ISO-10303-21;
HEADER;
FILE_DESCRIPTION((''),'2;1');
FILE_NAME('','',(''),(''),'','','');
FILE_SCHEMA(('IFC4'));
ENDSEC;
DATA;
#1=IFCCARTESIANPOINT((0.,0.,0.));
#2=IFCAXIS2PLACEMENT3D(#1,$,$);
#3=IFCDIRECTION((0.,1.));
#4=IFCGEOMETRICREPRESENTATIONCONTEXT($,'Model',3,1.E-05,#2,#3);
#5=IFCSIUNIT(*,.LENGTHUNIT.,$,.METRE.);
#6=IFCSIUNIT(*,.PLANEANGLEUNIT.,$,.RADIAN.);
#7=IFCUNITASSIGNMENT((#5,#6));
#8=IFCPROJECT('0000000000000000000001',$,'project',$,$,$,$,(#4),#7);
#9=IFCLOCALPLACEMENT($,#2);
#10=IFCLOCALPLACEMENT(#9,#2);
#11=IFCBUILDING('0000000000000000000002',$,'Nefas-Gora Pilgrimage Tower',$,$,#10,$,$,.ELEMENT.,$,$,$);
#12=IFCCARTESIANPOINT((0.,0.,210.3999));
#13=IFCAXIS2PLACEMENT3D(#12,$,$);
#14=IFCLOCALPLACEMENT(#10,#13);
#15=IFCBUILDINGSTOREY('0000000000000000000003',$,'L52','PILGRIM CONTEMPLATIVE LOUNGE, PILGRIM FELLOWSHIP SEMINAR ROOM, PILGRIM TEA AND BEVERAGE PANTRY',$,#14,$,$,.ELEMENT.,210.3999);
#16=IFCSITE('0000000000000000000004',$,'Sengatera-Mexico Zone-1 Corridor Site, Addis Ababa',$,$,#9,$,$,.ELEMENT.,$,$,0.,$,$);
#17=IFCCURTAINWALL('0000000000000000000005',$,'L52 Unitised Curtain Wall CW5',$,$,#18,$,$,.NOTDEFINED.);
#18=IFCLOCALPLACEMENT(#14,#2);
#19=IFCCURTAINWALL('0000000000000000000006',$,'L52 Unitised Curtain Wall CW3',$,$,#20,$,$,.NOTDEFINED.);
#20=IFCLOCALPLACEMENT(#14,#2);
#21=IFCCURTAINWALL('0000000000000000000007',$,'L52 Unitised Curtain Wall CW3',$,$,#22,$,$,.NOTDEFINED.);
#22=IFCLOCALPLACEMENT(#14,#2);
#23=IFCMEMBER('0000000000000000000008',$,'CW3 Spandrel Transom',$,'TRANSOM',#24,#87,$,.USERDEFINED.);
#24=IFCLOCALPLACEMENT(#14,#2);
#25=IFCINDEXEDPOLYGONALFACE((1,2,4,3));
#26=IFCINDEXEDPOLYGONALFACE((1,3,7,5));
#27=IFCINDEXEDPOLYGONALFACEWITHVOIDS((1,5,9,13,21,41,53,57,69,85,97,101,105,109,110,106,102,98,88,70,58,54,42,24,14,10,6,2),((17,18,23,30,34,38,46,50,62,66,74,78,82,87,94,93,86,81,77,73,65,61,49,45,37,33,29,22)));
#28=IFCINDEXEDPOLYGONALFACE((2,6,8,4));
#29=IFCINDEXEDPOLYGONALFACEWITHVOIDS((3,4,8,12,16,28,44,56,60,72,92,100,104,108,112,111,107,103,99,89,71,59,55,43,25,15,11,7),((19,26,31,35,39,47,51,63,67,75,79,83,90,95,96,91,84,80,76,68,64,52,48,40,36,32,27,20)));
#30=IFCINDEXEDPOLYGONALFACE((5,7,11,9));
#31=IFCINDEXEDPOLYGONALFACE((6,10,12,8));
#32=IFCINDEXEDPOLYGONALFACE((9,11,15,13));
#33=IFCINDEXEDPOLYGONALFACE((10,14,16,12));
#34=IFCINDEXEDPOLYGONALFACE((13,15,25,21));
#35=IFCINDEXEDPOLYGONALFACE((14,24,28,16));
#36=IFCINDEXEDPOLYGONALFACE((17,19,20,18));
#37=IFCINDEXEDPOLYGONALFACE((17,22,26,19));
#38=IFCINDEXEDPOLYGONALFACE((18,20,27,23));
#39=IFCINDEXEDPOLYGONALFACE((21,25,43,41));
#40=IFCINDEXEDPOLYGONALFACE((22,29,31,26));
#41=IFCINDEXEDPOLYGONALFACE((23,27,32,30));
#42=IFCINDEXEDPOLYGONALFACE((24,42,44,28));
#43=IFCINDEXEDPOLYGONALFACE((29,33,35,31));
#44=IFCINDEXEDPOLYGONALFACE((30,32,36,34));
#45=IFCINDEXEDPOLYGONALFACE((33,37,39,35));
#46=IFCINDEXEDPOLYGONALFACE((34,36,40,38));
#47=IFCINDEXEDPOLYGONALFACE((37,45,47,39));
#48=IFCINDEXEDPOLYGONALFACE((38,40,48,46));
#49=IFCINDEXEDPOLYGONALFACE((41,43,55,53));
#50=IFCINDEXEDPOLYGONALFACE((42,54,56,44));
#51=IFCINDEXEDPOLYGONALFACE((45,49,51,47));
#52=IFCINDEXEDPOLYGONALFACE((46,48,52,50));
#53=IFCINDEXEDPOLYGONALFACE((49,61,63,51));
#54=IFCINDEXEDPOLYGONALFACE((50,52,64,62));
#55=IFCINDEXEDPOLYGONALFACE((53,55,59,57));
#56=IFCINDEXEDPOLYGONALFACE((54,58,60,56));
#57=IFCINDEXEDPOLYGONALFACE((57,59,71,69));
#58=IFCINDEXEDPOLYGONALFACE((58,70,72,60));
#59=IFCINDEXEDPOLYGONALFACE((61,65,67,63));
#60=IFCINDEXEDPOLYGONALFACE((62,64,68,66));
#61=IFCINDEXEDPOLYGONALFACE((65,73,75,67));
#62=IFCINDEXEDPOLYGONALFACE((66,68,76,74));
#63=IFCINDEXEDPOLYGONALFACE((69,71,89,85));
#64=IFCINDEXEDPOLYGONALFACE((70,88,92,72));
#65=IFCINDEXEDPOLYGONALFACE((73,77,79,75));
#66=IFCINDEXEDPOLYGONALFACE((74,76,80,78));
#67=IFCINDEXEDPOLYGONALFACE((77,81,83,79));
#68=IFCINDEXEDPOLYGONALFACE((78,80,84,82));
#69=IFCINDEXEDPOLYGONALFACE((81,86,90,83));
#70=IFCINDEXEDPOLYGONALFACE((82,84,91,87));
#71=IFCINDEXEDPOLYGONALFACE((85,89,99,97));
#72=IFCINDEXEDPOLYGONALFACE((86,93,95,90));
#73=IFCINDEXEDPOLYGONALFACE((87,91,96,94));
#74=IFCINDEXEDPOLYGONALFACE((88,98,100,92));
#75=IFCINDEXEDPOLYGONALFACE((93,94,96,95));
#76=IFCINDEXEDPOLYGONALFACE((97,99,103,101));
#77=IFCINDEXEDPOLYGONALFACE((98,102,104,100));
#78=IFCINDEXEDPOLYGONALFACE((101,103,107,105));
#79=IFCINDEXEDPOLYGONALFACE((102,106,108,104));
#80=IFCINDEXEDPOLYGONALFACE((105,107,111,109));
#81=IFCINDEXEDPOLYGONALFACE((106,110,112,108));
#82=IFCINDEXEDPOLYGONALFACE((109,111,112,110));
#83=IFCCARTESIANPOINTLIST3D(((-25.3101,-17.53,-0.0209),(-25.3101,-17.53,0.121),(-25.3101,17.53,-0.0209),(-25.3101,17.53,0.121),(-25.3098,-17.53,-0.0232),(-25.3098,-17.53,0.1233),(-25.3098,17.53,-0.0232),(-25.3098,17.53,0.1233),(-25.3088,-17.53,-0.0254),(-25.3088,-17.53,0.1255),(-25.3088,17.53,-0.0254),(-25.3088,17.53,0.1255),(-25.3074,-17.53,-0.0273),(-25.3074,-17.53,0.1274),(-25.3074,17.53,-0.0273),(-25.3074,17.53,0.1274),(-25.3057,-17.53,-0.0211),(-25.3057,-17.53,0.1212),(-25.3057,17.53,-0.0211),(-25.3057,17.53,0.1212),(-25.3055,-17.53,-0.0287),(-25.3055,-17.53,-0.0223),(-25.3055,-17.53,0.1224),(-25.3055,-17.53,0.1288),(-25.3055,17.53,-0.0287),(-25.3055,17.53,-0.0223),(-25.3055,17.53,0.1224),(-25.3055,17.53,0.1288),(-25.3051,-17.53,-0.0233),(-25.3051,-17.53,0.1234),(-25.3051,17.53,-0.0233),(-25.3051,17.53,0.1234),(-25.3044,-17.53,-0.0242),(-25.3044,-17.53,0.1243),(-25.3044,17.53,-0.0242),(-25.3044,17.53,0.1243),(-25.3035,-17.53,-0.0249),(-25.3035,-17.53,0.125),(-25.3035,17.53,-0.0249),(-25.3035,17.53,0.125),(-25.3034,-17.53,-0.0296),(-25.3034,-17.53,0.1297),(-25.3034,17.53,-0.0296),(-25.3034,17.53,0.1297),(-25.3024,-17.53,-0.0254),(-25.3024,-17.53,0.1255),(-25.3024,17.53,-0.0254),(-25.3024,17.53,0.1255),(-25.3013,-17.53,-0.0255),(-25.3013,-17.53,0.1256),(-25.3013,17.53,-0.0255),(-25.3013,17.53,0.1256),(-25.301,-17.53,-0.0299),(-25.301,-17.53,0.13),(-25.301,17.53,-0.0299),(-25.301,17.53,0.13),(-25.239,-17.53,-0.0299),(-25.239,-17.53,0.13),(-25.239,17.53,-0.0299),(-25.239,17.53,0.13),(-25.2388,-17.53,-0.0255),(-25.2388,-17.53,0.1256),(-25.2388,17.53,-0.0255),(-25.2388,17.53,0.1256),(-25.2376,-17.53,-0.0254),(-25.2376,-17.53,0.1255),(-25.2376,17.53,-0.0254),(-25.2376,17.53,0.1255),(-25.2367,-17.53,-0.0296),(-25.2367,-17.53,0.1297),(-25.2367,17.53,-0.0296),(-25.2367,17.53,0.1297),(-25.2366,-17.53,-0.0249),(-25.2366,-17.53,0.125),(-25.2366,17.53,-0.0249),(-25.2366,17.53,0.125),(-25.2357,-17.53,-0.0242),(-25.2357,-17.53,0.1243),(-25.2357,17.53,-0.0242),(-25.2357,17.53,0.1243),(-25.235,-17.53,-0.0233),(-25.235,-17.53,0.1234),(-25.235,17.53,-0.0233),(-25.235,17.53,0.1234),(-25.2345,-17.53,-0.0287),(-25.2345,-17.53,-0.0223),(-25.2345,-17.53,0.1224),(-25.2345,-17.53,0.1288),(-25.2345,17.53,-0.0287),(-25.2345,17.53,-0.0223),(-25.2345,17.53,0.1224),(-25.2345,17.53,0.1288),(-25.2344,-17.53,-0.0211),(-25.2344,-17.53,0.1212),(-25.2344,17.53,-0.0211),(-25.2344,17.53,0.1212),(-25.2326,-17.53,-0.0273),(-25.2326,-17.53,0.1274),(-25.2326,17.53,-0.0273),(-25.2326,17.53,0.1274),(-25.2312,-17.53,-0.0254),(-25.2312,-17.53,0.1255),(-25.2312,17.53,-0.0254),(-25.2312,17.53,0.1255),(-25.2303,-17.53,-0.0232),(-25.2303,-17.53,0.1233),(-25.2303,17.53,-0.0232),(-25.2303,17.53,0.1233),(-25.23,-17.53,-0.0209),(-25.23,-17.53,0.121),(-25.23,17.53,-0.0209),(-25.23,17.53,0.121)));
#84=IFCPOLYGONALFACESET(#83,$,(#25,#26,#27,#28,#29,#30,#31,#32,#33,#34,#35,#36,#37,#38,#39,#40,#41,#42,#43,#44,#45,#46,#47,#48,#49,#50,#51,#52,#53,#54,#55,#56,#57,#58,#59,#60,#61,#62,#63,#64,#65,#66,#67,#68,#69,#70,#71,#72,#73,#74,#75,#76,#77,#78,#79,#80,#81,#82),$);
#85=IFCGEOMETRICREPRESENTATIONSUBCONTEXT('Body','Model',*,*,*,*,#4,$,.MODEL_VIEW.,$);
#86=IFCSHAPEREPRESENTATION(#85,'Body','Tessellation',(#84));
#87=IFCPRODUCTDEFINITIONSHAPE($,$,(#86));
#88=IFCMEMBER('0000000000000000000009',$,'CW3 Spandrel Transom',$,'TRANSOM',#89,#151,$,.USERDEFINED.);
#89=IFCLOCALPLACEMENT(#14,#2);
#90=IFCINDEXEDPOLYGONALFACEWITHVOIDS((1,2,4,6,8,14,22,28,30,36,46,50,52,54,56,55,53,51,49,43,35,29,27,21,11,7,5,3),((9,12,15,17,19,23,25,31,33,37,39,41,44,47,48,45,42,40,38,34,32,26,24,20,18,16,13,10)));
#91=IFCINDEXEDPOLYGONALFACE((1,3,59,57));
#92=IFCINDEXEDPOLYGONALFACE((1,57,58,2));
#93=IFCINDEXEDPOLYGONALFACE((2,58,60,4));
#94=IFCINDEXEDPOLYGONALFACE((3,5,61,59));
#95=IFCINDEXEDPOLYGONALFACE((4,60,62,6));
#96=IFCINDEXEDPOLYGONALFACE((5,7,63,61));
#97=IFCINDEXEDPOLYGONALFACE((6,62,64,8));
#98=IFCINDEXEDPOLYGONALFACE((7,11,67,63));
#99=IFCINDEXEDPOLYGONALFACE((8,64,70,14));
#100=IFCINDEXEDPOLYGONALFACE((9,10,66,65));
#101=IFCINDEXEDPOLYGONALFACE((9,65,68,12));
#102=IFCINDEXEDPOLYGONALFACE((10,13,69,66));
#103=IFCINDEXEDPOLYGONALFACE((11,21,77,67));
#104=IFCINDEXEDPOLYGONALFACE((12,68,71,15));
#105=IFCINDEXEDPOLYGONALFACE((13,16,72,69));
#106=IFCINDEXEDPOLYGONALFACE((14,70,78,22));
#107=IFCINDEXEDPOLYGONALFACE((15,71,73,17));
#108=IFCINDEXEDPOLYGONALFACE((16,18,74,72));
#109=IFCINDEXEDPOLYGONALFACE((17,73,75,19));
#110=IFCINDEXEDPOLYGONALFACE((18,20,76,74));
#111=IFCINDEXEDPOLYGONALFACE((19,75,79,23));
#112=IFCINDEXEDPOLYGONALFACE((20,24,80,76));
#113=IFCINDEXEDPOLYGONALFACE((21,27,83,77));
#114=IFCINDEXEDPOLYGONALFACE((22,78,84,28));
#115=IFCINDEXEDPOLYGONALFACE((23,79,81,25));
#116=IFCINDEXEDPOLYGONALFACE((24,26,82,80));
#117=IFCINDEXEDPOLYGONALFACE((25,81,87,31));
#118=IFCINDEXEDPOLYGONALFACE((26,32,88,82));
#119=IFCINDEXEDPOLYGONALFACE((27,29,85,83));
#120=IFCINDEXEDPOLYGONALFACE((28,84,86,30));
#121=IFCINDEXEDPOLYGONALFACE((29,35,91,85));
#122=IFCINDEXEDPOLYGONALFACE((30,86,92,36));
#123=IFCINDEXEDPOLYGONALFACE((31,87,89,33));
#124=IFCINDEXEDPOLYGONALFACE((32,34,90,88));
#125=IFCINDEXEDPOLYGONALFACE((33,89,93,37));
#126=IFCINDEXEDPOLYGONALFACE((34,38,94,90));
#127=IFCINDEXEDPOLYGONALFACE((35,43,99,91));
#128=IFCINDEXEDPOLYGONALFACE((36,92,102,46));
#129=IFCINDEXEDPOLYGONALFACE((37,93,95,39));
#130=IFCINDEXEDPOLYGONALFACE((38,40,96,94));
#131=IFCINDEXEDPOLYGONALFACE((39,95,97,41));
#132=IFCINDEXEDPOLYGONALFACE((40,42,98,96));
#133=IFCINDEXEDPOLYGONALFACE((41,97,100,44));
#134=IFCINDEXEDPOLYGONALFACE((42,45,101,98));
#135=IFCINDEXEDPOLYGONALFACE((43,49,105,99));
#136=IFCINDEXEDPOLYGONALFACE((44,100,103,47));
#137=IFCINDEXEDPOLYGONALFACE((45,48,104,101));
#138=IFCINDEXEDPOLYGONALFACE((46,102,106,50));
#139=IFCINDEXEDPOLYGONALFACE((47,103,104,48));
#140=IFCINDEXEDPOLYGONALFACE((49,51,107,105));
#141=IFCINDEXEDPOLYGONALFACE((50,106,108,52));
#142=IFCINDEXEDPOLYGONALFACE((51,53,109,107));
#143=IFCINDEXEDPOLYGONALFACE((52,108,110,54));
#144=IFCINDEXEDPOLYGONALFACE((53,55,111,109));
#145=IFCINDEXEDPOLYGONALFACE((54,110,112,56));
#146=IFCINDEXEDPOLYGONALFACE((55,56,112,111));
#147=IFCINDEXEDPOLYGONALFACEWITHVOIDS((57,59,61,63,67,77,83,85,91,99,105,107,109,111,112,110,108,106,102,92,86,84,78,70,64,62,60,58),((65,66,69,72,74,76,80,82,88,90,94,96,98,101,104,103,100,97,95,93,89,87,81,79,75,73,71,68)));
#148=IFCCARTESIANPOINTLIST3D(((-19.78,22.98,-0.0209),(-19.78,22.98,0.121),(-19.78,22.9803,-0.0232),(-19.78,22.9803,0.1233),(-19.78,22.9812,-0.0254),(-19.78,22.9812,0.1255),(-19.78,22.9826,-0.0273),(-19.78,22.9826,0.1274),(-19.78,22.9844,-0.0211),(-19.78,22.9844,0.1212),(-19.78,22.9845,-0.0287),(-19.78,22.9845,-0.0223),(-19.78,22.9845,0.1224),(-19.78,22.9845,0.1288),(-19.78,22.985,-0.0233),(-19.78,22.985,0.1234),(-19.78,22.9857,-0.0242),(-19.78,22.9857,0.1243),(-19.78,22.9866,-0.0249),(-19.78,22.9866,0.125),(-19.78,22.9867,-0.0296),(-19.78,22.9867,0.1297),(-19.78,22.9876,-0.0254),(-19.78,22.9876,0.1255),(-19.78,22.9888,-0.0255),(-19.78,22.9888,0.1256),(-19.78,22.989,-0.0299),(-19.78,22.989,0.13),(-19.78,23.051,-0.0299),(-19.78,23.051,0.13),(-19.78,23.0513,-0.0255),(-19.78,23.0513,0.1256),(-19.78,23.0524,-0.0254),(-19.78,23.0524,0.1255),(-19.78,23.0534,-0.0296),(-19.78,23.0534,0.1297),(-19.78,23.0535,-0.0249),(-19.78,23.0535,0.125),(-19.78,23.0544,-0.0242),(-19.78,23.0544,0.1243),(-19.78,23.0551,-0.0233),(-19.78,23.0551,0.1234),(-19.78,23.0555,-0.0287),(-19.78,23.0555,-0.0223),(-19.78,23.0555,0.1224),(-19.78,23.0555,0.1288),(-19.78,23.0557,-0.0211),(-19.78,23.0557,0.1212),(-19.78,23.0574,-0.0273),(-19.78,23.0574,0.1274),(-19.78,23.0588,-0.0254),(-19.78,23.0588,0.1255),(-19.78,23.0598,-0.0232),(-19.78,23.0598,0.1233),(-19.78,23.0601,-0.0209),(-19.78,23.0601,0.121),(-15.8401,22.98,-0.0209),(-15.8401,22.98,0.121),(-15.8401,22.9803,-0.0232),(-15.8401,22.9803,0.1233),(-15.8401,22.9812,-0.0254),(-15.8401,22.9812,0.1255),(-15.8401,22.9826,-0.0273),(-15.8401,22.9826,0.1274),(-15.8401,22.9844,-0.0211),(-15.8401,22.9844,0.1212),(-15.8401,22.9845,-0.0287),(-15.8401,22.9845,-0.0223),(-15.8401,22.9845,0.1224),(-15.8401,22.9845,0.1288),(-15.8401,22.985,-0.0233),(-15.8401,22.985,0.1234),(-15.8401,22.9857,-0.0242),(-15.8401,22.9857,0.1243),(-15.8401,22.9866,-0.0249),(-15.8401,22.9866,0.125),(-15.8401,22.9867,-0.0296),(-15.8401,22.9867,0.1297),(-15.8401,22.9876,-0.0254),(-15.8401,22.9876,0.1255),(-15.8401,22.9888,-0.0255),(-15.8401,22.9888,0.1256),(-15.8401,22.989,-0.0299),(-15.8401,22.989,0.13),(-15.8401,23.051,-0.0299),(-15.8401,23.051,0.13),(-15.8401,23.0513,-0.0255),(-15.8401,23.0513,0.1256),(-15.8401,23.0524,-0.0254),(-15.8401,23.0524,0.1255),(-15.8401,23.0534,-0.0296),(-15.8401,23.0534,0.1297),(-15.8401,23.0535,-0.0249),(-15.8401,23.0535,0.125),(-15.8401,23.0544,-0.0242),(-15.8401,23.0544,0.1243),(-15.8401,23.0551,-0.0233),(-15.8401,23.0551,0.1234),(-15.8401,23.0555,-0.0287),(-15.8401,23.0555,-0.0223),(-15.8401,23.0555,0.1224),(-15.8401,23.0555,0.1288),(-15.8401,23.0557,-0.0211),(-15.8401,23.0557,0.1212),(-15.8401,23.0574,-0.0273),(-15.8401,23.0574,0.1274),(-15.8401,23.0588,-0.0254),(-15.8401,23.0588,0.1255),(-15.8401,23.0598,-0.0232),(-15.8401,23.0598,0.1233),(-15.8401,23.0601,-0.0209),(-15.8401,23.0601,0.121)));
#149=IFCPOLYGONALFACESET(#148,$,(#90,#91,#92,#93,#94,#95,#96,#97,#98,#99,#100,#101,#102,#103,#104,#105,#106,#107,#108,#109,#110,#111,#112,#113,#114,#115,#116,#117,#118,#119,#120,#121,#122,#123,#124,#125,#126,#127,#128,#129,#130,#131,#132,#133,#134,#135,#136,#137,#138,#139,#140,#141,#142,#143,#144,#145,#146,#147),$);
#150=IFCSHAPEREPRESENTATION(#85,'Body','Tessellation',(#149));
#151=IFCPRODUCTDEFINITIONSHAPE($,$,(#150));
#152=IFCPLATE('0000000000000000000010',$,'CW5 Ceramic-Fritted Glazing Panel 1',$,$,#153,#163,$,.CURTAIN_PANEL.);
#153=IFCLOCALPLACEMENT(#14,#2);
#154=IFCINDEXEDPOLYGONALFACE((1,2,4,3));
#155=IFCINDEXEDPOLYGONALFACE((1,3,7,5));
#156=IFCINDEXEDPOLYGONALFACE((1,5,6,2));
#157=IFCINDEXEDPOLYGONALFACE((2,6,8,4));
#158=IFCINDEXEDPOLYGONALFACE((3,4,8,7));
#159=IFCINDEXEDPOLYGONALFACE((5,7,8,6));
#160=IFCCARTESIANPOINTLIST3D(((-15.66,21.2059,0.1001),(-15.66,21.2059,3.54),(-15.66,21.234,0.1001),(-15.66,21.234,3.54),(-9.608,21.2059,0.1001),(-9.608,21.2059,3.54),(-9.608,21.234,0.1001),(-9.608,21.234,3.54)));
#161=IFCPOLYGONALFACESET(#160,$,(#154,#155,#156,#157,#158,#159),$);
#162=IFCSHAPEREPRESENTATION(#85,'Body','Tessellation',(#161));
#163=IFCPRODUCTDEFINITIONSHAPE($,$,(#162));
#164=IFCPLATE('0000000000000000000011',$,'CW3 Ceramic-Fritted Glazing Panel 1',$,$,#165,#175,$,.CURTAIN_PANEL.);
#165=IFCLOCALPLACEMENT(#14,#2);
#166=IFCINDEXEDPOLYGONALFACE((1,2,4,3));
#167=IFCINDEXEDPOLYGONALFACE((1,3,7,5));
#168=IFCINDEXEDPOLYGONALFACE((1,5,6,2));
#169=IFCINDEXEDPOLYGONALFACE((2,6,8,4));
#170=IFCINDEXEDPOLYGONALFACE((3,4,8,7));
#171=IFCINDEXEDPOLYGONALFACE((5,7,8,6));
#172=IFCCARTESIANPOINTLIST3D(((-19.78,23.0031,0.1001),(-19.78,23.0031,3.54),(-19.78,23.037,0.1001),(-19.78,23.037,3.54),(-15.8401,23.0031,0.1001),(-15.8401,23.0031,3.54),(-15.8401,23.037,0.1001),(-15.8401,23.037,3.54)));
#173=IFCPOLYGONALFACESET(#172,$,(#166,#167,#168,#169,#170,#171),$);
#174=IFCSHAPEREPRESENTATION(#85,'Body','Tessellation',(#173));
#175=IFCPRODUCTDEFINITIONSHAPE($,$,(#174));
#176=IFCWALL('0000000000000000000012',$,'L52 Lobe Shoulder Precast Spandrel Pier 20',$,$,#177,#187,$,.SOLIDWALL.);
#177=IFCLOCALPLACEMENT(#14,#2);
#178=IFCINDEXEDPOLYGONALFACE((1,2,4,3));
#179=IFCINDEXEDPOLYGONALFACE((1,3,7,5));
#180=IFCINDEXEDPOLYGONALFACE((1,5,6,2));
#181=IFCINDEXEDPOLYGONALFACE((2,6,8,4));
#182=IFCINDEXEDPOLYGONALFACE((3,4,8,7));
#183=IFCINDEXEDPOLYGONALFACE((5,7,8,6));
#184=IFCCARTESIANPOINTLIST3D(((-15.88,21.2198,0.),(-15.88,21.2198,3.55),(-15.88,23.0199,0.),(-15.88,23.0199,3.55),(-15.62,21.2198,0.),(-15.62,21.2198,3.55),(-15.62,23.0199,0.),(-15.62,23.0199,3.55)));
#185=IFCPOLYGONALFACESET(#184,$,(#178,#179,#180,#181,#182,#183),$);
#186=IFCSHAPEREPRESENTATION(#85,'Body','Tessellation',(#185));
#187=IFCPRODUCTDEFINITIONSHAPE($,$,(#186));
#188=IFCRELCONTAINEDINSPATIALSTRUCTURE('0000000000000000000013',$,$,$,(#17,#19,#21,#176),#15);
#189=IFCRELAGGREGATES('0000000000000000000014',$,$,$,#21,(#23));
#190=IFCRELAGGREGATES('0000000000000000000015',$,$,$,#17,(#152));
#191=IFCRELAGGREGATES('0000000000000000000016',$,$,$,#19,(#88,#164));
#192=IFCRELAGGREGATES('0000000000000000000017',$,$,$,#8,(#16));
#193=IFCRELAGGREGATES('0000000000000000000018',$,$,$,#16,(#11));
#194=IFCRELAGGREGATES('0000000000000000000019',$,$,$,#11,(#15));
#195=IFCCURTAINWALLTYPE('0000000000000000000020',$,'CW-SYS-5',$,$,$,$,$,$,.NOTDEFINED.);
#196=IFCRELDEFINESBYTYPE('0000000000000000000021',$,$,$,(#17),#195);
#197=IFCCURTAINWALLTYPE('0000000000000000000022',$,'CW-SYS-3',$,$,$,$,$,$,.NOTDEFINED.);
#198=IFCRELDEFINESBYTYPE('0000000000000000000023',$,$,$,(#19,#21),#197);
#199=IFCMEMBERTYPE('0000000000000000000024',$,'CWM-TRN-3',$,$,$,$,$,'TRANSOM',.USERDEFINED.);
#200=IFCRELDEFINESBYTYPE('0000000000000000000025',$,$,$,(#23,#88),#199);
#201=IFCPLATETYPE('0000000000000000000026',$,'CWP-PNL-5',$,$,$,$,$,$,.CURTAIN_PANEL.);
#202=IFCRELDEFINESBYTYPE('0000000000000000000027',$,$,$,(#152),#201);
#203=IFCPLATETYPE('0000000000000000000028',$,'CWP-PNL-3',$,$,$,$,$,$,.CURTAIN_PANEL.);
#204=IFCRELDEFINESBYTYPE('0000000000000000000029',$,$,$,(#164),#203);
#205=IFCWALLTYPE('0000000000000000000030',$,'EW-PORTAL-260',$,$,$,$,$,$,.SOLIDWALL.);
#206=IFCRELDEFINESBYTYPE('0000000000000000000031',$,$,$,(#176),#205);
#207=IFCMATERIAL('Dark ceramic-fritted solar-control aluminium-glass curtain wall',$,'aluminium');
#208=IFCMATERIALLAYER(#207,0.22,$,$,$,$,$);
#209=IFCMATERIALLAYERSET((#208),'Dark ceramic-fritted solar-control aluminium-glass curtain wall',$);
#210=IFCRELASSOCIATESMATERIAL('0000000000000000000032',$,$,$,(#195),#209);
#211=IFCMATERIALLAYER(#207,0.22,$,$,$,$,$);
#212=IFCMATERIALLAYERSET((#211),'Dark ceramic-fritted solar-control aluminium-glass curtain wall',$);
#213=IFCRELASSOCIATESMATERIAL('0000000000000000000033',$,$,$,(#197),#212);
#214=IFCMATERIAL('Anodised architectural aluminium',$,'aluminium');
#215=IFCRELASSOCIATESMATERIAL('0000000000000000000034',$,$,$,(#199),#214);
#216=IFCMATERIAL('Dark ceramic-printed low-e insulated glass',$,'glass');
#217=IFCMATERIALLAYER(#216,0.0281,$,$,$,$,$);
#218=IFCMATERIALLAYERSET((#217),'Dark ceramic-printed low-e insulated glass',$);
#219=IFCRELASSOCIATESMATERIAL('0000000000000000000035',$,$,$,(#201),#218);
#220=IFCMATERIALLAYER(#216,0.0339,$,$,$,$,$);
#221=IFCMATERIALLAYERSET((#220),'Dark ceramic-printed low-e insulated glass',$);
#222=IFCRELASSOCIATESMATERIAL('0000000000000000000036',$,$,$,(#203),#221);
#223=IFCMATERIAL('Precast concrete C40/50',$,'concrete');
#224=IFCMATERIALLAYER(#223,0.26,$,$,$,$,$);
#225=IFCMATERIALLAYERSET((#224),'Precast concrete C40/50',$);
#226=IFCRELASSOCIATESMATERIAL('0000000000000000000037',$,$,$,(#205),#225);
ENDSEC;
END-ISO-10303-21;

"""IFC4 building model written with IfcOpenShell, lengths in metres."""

from ifc_helpers import new_model, si_unit, direction, frame, frame_2d, origin, origin_2d, place, context, subcontext, project, spatial, rectangle, hollow_rectangle, extrude, source, transform, mapped, material, layer, layer_set, material_profile, profile_set, type_object, element, aggregate, save


model = new_model("IFC4")

# Units and contexts
model_context = context("Model", 3, precision=1e-05, world=origin(), true_north=direction((0.0, 1.0)))
body_context = subcontext(model_context, "Body", "Model", "MODEL_VIEW")
ifc_project = project(units=[si_unit("LENGTHUNIT", "METRE"), si_unit("PLANEANGLEUNIT", "RADIAN")], contexts=[model_context])

# Site, building, storey
site_placement = place(None, origin())
site = spatial("IfcSite", under=ifc_project, at=site_placement, Name="Sengatera-Mexico Zone-1 Corridor Site, Addis Ababa", CompositionType="ELEMENT", RefElevation=0.0)
building_placement = place(site_placement, origin())
building = spatial("IfcBuilding", under=site, at=building_placement, Name="Nefas-Gora Pilgrimage Tower", CompositionType="ELEMENT")
storey_placement = place(building_placement, frame((0.0, 0.0, 210.3999)))
storey = spatial("IfcBuildingStorey", under=building, at=storey_placement, Name="L52", Description="PILGRIM CONTEMPLATIVE LOUNGE, PILGRIM FELLOWSHIP SEMINAR ROOM, PILGRIM TEA AND BEVERAGE PANTRY", CompositionType="ELEMENT", Elevation=210.3999)

# Curtain wall
ifc_material_1 = material(Name="Dark ceramic-fritted solar-control aluminium-glass curtain wall", Category="aluminium")
ifc_layer_1 = layer(ifc_material_1, 0.22)
ifc_layer_set_1 = layer_set([ifc_layer_1], Name="Dark ceramic-fritted solar-control aluminium-glass curtain wall")
curtain_wall_type_1 = type_object("IfcCurtainWallType", Name="CW-SYS-5", PredefinedType="NOTDEFINED", material=ifc_layer_set_1)
curtain_wall_1_placement = place(storey_placement, origin())
curtain_wall_1 = element("IfcCurtainWall", 1, at=curtain_wall_1_placement, inside=storey, type_object=curtain_wall_type_1, Name="L52 Unitised Curtain Wall CW5", PredefinedType="NOTDEFINED")
ifc_material_2 = material(Name="Anodised architectural aluminium", Category="aluminium")

# Curtain walls, member
ifc_layer_2 = layer(ifc_material_1, 0.22)
ifc_layer_set_2 = layer_set([ifc_layer_2], Name="Dark ceramic-fritted solar-control aluminium-glass curtain wall")
curtain_wall_type_2 = type_object("IfcCurtainWallType", Name="CW-SYS-3", PredefinedType="NOTDEFINED", material=ifc_layer_set_2)
curtain_wall_2_placement = place(storey_placement, origin())
curtain_wall_2 = element("IfcCurtainWall", 2, at=curtain_wall_2_placement, inside=storey, type_object=curtain_wall_type_2, Name="L52 Unitised Curtain Wall CW3", PredefinedType="NOTDEFINED")
curtain_wall_3_placement = place(storey_placement, origin())
curtain_wall_3 = element("IfcCurtainWall", 3, at=curtain_wall_3_placement, inside=storey, type_object=curtain_wall_type_2, Name="L52 Unitised Curtain Wall CW3", PredefinedType="NOTDEFINED")
ifc_material_profile_1 = material_profile(ifc_material_2, hollow_rectangle(XDim=0.0801, YDim=0.1599, WallThickness=0.0044, InnerFilletRadius=0.0044, OuterFilletRadius=0.009, at=origin_2d()), Name="ALU TRANSOM 80x160")
ifc_profile_set_1 = profile_set([ifc_material_profile_1], Name="Anodised architectural aluminium")
member_type_1 = type_object("IfcMemberType", Name="CWM-TRN-3", ElementType="TRANSOM", PredefinedType="USERDEFINED", material=ifc_profile_set_1)
shared_shape_1 = source(origin(), body_context, "Body", "SweptSolid", [
    extrude(hollow_rectangle(XDim=0.0801, YDim=0.1599, WallThickness=0.0044, InnerFilletRadius=0.0044, OuterFilletRadius=0.009, at=origin_2d()), origin(), (0.0, 0.0, 1.0), 35.0601),
])
member_1_placement = place(storey_placement, frame((-25.27, 17.53, 0.05), z_axis=(0.0, -1.0, 0.0), x_axis=(1.0, 0.0, 0.0)))
member_1 = element("IfcMember", 4, at=member_1_placement, type_object=member_type_1, Name="CW3 Spandrel Transom", ObjectType="TRANSOM", PredefinedType="USERDEFINED", context=body_context, shape_type="MappedRepresentation", body=[
    mapped(shared_shape_1, transform((0.0, 0.0, 0.0), x_axis=(1.0, 0.0, 0.0), y_axis=(0.0, 1.0, 0.0), z_axis=(0.0, 0.0, 1.0), scale=1.0)),
])
aggregate(curtain_wall_3, [member_1])

# Member
shared_shape_2 = source(origin(), body_context, "Body", "SweptSolid", [
    extrude(hollow_rectangle(XDim=0.0801, YDim=0.1599, WallThickness=0.0044, InnerFilletRadius=0.0044, OuterFilletRadius=0.009, at=origin_2d()), origin(), (0.0, 0.0, 1.0), 3.9399),
])
member_2_placement = place(storey_placement, frame((-15.8401, 23.02, 0.05), z_axis=(-1.0, 0.0, 0.0), x_axis=(0.0, -1.0, 0.0)))
member_2 = element("IfcMember", 5, at=member_2_placement, type_object=member_type_1, Name="CW3 Spandrel Transom", ObjectType="TRANSOM", PredefinedType="USERDEFINED", context=body_context, shape_type="MappedRepresentation", body=[
    mapped(shared_shape_2, transform((0.0, 0.0, 0.0), x_axis=(1.0, 0.0, 0.0), y_axis=(0.0, 1.0, 0.0), z_axis=(0.0, 0.0, 1.0), scale=1.0)),
])

# Plates
ifc_material_3 = material(Name="Dark ceramic-printed low-e insulated glass", Category="glass")
ifc_layer_3 = layer(ifc_material_3, 0.0281)
ifc_layer_set_3 = layer_set([ifc_layer_3], Name="Dark ceramic-printed low-e insulated glass")
plate_type_1 = type_object("IfcPlateType", Name="CWP-PNL-5", PredefinedType="CURTAIN_PANEL", material=ifc_layer_set_3)
shared_shape_3 = source(origin(), body_context, "Body", "SweptSolid", [
    extrude(rectangle(XDim=6.052, YDim=0.0281, at=origin_2d()), origin(), (0.0, 0.0, 1.0), 3.4399),
])
plate_1_placement = place(storey_placement, frame((-12.634, 21.22, 0.1001), z_axis=(0.0, 0.0, 1.0), x_axis=(-1.0, 0.0, 0.0)))
plate_1 = element("IfcPlate", 6, at=plate_1_placement, type_object=plate_type_1, Name="CW5 Ceramic-Fritted Glazing Panel 1", PredefinedType="CURTAIN_PANEL", context=body_context, shape_type="MappedRepresentation", body=[
    mapped(shared_shape_3, transform((0.0, 0.0, 0.0), x_axis=(1.0, 0.0, 0.0), y_axis=(0.0, 1.0, 0.0), z_axis=(0.0, 0.0, 1.0), scale=1.0)),
])
aggregate(curtain_wall_1, [plate_1])
ifc_layer_4 = layer(ifc_material_3, 0.0339)
ifc_layer_set_4 = layer_set([ifc_layer_4], Name="Dark ceramic-printed low-e insulated glass")
plate_type_2 = type_object("IfcPlateType", Name="CWP-PNL-3", PredefinedType="CURTAIN_PANEL", material=ifc_layer_set_4)
shared_shape_4 = source(origin(), body_context, "Body", "SweptSolid", [
    extrude(rectangle(XDim=3.9399, YDim=0.0339, at=origin_2d()), origin(), (0.0, 0.0, 1.0), 3.4399),
])
plate_2_placement = place(storey_placement, frame((-17.8101, 23.02, 0.1001), z_axis=(0.0, 0.0, 1.0), x_axis=(-1.0, 0.0, 0.0)))
plate_2 = element("IfcPlate", 7, at=plate_2_placement, type_object=plate_type_2, Name="CW3 Ceramic-Fritted Glazing Panel 1", PredefinedType="CURTAIN_PANEL", context=body_context, shape_type="MappedRepresentation", body=[
    mapped(shared_shape_4, transform((0.0, 0.0, 0.0), x_axis=(1.0, 0.0, 0.0), y_axis=(0.0, 1.0, 0.0), z_axis=(0.0, 0.0, 1.0), scale=1.0)),
])
aggregate(curtain_wall_2, [member_2, plate_2])

# Wall
ifc_material_4 = material(Name="Precast concrete C40/50", Category="concrete")
ifc_layer_5 = layer(ifc_material_4, 0.26)
ifc_layer_set_5 = layer_set([ifc_layer_5], Name="Precast concrete C40/50")
wall_type_1 = type_object("IfcWallType", Name="EW-PORTAL-260", PredefinedType="SOLIDWALL", material=ifc_layer_set_5)
shared_shape_5 = source(origin(), body_context, "Body", "SweptSolid", [
    extrude(rectangle(XDim=1.8, YDim=0.26, at=frame_2d((0.8999, 0.0))), origin(), (0.0, 0.0, 1.0), 3.55),
])
wall_1_placement = place(storey_placement, frame((-15.75, 21.22, 0.0), z_axis=(0.0, 0.0, 1.0), x_axis=(0.0, 1.0, 0.0)))
element("IfcWall", 8, at=wall_1_placement, inside=storey, type_object=wall_type_1, Name="L52 Lobe Shoulder Precast Spandrel Pier 20", PredefinedType="SOLIDWALL", context=body_context, shape_type="MappedRepresentation", body=[
    mapped(shared_shape_5, transform((0.0, 0.0, 0.0), x_axis=(1.0, 0.0, 0.0), y_axis=(0.0, 1.0, 0.0), z_axis=(0.0, 0.0, 1.0), scale=1.0)),
])

save(model, "model.ifc")
